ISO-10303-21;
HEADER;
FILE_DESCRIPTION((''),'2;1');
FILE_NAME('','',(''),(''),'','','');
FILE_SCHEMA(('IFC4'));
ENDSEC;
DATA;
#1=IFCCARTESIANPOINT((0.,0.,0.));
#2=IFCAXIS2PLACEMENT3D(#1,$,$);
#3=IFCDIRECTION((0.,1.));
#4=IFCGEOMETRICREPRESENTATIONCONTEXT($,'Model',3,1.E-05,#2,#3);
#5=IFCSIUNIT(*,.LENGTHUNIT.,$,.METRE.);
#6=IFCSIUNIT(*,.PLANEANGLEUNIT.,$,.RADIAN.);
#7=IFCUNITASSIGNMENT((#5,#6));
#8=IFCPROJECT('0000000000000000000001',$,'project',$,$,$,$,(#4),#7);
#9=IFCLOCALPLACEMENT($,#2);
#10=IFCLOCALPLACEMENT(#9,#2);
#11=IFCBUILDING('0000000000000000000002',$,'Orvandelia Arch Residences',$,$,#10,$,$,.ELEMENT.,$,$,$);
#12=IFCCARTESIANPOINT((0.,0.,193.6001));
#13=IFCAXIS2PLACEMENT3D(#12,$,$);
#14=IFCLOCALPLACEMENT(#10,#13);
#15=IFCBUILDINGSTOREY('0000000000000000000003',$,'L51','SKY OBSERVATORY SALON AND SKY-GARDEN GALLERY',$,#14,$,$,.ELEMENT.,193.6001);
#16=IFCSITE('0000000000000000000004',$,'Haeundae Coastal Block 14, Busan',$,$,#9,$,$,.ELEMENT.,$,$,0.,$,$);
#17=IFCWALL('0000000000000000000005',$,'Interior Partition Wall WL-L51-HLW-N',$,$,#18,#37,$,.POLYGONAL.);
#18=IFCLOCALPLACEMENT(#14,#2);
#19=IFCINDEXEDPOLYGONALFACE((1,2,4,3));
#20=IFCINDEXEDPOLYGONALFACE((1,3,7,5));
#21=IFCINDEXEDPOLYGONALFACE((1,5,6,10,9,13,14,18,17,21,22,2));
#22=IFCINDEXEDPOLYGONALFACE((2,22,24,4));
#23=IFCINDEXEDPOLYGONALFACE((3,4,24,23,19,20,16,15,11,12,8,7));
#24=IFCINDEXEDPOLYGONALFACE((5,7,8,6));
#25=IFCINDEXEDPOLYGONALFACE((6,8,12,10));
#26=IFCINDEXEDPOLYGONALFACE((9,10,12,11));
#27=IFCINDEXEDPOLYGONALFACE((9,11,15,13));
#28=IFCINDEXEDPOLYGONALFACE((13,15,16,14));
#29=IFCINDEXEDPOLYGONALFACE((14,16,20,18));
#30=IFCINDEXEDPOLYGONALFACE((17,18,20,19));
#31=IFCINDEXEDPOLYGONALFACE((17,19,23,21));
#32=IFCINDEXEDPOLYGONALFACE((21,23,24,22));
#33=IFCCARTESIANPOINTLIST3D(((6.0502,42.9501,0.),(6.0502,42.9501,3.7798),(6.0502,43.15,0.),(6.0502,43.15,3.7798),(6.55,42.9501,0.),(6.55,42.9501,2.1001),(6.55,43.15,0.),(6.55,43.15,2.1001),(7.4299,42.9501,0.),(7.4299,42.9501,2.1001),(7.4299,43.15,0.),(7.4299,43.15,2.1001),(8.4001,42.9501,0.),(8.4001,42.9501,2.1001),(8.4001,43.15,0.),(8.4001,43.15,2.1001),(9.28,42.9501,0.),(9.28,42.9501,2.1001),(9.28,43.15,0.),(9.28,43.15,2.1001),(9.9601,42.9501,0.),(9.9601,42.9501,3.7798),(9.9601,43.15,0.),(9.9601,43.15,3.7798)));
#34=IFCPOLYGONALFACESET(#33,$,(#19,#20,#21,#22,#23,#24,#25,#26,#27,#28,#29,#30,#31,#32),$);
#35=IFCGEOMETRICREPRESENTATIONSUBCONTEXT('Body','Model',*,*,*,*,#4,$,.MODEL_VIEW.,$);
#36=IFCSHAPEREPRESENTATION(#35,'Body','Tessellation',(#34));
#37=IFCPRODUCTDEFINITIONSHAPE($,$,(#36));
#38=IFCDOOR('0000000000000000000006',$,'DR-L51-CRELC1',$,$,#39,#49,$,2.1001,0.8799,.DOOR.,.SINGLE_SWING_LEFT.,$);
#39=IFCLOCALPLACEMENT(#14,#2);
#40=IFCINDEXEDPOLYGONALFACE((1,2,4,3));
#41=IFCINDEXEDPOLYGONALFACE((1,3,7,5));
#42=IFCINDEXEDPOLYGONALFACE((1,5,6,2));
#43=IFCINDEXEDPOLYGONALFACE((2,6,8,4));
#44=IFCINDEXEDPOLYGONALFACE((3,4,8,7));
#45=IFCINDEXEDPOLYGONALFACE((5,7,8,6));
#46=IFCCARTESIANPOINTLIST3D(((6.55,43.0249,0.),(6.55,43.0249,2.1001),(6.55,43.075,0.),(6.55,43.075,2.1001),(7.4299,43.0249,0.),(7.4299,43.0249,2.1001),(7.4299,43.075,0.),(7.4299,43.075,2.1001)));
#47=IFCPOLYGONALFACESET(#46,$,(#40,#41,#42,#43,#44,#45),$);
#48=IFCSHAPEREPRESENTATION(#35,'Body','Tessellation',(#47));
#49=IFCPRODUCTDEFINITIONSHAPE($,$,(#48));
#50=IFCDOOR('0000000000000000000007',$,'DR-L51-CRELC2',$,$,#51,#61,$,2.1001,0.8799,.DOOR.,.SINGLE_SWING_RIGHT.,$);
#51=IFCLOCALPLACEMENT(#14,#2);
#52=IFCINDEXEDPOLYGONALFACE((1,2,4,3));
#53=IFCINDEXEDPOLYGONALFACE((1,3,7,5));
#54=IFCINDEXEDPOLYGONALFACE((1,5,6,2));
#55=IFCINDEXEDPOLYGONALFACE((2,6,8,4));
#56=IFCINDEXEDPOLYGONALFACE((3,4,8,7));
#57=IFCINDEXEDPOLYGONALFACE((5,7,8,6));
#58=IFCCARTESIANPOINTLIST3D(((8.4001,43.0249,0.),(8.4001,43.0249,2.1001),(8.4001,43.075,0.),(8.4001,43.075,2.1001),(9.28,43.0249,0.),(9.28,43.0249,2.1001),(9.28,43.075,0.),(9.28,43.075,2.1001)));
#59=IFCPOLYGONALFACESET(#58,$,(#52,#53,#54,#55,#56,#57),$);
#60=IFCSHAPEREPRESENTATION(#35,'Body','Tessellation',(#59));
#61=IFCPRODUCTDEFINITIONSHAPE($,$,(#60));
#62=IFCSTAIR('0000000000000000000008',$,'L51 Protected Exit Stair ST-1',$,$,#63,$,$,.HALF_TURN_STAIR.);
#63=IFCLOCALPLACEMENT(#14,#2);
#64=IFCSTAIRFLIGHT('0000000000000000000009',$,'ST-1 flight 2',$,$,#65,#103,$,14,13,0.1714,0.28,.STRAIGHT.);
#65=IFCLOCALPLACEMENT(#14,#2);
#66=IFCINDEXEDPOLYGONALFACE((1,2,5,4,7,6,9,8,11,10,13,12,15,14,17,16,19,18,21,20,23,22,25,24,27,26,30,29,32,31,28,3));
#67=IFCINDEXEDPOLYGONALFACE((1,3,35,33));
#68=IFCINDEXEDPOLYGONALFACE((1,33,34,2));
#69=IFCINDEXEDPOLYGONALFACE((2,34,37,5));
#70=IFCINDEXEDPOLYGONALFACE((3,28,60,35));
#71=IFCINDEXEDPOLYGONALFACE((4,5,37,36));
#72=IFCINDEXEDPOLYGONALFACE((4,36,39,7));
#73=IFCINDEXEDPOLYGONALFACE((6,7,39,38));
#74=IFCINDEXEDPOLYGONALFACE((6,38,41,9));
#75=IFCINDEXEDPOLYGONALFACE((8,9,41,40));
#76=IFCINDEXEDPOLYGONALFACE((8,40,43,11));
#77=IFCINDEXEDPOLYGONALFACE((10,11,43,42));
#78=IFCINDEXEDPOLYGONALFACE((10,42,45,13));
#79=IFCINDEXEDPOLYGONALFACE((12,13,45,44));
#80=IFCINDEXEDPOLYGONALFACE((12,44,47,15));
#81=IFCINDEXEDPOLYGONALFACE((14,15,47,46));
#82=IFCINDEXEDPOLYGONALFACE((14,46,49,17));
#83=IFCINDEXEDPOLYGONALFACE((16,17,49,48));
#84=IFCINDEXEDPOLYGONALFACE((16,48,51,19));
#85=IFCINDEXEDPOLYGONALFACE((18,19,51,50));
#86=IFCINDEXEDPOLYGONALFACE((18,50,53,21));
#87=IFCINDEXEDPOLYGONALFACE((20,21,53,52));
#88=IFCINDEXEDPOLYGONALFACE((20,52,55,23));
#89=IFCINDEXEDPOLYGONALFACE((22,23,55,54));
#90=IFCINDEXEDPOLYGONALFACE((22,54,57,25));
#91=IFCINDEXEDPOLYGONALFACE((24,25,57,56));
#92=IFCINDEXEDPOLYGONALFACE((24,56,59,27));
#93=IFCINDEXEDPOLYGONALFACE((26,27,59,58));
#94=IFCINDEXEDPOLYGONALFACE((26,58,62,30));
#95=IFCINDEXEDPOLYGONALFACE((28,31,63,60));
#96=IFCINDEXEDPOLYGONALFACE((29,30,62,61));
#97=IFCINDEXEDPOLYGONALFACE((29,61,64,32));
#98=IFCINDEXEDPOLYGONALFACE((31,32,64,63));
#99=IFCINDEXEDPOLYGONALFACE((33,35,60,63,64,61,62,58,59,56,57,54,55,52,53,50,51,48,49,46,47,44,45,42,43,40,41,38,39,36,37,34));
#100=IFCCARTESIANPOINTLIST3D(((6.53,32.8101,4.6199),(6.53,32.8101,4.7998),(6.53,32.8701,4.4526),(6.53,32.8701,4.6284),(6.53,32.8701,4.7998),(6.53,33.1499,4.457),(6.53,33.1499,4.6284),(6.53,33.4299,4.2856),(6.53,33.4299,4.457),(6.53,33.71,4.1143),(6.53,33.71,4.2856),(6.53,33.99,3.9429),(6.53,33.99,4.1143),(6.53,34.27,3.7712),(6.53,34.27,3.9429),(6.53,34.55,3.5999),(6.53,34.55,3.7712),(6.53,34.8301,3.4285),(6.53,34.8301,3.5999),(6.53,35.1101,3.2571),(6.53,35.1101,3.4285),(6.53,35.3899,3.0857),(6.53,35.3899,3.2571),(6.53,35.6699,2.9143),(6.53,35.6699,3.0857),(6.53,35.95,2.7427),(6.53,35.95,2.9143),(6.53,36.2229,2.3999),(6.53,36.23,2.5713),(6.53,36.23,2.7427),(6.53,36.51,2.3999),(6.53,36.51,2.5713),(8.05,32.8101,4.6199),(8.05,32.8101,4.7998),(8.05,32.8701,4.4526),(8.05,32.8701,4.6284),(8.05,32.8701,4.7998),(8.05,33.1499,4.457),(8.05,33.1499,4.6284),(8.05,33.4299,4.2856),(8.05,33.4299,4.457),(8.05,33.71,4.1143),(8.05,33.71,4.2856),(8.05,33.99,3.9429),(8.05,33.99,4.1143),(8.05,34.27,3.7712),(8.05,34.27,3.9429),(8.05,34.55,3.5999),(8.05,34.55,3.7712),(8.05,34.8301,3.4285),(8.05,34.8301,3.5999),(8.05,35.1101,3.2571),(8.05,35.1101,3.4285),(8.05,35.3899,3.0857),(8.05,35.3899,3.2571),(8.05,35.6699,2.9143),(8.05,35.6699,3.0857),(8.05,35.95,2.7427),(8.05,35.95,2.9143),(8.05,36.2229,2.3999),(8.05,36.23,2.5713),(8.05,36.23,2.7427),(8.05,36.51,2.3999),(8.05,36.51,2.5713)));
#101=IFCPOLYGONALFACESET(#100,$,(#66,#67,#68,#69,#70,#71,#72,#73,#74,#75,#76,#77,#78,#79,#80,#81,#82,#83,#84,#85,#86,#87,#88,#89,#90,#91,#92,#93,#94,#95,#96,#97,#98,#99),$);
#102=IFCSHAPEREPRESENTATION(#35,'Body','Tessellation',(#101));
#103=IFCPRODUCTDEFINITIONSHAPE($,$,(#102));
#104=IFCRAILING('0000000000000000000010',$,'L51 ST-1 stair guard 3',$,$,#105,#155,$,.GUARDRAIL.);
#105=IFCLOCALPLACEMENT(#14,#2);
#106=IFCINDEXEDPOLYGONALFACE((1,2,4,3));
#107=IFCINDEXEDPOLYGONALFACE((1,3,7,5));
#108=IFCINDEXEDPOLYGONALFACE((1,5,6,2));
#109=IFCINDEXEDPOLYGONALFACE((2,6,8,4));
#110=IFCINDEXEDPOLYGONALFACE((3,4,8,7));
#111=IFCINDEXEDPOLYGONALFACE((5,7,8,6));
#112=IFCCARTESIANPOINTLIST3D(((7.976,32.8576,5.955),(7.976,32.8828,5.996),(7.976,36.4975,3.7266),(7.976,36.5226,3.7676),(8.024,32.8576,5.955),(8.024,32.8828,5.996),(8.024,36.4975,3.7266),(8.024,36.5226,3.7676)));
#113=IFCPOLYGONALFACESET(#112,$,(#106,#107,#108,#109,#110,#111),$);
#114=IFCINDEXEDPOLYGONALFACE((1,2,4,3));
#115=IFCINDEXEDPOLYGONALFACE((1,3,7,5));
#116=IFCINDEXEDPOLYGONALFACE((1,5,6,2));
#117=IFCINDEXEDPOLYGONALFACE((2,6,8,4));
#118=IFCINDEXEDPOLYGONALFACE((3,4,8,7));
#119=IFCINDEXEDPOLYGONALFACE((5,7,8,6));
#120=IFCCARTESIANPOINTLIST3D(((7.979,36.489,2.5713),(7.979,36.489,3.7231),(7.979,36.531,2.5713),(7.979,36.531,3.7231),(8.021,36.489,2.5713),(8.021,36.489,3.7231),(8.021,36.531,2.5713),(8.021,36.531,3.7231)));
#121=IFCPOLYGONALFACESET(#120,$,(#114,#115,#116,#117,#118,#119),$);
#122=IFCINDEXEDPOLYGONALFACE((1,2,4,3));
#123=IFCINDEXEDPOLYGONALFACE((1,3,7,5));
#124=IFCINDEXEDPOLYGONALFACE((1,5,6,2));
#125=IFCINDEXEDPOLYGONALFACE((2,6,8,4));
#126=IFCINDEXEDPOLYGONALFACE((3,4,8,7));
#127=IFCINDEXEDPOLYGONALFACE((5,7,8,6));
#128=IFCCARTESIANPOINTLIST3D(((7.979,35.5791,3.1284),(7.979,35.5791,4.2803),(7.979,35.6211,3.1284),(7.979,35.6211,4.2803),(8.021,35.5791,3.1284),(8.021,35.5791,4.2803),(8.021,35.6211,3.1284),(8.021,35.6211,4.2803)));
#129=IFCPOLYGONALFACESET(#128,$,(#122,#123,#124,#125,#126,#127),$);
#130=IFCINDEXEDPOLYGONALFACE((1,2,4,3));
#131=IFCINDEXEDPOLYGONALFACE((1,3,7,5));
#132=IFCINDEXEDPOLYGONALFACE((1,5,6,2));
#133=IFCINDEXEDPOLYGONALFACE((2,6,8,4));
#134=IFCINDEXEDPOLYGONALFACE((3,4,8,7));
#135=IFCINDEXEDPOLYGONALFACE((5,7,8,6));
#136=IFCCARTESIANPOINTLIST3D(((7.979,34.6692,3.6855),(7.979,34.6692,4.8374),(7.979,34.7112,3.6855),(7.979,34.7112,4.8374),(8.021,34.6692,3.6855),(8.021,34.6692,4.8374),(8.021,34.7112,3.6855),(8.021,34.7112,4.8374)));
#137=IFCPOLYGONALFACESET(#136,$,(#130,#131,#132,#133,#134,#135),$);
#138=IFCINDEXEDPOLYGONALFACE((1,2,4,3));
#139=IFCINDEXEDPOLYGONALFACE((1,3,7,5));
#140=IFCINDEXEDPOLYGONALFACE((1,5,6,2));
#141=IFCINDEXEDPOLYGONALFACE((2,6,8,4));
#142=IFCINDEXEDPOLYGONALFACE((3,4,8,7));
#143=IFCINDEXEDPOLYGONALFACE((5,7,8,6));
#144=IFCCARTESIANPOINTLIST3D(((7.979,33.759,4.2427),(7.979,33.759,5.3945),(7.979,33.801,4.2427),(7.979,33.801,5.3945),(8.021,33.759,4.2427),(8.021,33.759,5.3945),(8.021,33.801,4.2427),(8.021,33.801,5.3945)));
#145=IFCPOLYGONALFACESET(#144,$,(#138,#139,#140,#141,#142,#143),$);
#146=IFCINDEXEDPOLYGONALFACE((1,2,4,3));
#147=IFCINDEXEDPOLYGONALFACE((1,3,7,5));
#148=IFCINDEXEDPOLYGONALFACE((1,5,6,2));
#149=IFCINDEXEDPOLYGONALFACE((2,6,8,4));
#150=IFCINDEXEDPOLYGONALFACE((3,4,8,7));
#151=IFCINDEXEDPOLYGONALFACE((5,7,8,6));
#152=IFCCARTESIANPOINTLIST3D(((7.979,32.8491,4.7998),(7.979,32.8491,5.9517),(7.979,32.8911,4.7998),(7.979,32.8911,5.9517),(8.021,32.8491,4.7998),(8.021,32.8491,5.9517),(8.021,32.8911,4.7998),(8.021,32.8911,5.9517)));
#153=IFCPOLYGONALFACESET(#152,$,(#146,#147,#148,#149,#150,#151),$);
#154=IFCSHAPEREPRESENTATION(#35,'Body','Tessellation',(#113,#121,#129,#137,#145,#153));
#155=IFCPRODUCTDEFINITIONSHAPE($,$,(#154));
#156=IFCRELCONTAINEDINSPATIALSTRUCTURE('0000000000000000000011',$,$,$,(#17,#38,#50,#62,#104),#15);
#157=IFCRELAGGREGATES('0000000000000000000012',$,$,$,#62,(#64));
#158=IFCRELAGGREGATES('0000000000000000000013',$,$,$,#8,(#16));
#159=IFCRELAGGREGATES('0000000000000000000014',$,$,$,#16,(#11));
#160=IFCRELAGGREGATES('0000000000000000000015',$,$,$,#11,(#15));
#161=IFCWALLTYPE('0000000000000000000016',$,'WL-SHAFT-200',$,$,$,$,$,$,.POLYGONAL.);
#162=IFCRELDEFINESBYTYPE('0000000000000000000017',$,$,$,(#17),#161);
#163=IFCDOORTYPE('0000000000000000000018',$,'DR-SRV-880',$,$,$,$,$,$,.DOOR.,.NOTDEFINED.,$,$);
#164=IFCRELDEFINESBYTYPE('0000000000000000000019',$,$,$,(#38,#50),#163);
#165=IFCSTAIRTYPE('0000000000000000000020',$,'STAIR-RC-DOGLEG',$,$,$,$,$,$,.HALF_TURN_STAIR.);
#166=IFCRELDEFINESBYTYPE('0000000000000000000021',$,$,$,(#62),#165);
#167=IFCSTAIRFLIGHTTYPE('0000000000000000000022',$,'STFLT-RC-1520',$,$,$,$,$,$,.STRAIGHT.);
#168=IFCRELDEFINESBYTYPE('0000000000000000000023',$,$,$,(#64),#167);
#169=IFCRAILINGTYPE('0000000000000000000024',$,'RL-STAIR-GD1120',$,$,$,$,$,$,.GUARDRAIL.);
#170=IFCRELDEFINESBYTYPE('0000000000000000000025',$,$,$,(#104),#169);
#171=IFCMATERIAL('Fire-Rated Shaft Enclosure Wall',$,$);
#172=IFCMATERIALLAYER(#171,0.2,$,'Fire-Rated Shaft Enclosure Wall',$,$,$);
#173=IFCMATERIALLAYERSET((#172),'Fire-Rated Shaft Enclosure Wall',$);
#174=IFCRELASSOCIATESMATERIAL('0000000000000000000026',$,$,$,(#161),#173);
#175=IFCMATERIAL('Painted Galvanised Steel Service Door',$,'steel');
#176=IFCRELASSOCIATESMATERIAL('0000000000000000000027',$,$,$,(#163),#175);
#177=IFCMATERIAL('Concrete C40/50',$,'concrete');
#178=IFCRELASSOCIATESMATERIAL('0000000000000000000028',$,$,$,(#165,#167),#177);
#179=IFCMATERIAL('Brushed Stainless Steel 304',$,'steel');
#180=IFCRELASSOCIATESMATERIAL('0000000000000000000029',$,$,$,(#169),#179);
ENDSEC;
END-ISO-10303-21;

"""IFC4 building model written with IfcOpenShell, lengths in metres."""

from ifc_helpers import new_model, si_unit, direction, frame, frame_2d, origin, origin_2d, place, context, subcontext, project, spatial, polyline, rectangle, outline, extrude, material, layer, layer_set, type_object, element, fill, aggregate, save


model = new_model("IFC4")

# Units and contexts
model_context = context("Model", 3, precision=1e-05, world=origin(), true_north=direction((0.0, 1.0)))
body_context = subcontext(model_context, "Body", "Model", "MODEL_VIEW")
ifc_project = project(units=[si_unit("LENGTHUNIT", "METRE"), si_unit("PLANEANGLEUNIT", "RADIAN")], contexts=[model_context])

# Site, building, storey
site_placement = place(None, origin())
site = spatial("IfcSite", under=ifc_project, at=site_placement, Name="Haeundae Coastal Block 14, Busan", CompositionType="ELEMENT", RefElevation=0.0)
building_placement = place(site_placement, origin())
building = spatial("IfcBuilding", under=site, at=building_placement, Name="Orvandelia Arch Residences", CompositionType="ELEMENT")
storey_placement = place(building_placement, frame((0.0, 0.0, 193.6001)))
storey = spatial("IfcBuildingStorey", under=building, at=storey_placement, Name="L51", Description="SKY OBSERVATORY SALON AND SKY-GARDEN GALLERY", CompositionType="ELEMENT", Elevation=193.6001)

# Wall, openings, doors
ifc_material_1 = material(Name="Fire-Rated Shaft Enclosure Wall")
ifc_layer_1 = layer(ifc_material_1, 0.2, Name="Fire-Rated Shaft Enclosure Wall")
ifc_layer_set_1 = layer_set([ifc_layer_1], Name="Fire-Rated Shaft Enclosure Wall")
wall_type_1 = type_object("IfcWallType", Name="WL-SHAFT-200", PredefinedType="POLYGONAL", material=ifc_layer_set_1)
wall_1_placement = place(storey_placement, frame((6.05, 43.05, 0.0), z_axis=(0.0, 0.0, 1.0), x_axis=(1.0, 0.0, 0.0)))
wall_1 = element("IfcWall", 1, at=wall_1_placement, inside=storey, type_object=wall_type_1, Name="Interior Partition Wall WL-L51-HLW-N", PredefinedType="POLYGONAL", context=body_context, shape_type="SweptSolid", body=[
    extrude(rectangle(XDim=3.9099, YDim=0.2, at=frame_2d((1.9551, 0.0))), origin(), (0.0, 0.0, 1.0), 3.7798),
])
opening_1_placement = place(wall_1_placement, frame((0.5, 0.0, 0.0)))
opening_1 = element("IfcOpeningElement", 2, at=opening_1_placement, cuts=wall_1, PredefinedType="OPENING", context=body_context, shape_type="SweptSolid", body=[
    extrude(rectangle(XDim=0.8799, YDim=2.1001, at=frame_2d((0.4399, 1.05))), frame((0.0, 0.1099, 0.0), z_axis=(0.0, -1.0, 0.0), x_axis=(1.0, 0.0, 0.0)), (0.0, 0.0, 1.0), 0.22),
])
opening_2_placement = place(wall_1_placement, frame((2.3501, 0.0, 0.0)))
opening_2 = element("IfcOpeningElement", 3, at=opening_2_placement, cuts=wall_1, PredefinedType="OPENING", context=body_context, shape_type="SweptSolid", body=[
    extrude(rectangle(XDim=0.8799, YDim=2.1001, at=frame_2d((0.4399, 1.05))), frame((0.0, 0.1099, 0.0), z_axis=(0.0, -1.0, 0.0), x_axis=(1.0, 0.0, 0.0)), (0.0, 0.0, 1.0), 0.22),
])
ifc_material_2 = material(Name="Painted Galvanised Steel Service Door", Category="steel")
door_type = type_object("IfcDoorType", Name="DR-SRV-880", OperationType="NOTDEFINED", PredefinedType="DOOR", material=ifc_material_2)
door_1_placement = place(opening_1_placement, origin())
door_1 = element("IfcDoor", 4, at=door_1_placement, inside=storey, type_object=door_type, Name="DR-L51-CRELC1", OperationType="SINGLE_SWING_LEFT", OverallHeight=2.1001, OverallWidth=0.8799, PredefinedType="DOOR", context=body_context, shape_type="SweptSolid", body=[
    extrude(rectangle(XDim=0.8799, YDim=2.1001, at=frame_2d((0.4399, 1.05))), frame((0.0, 0.0249, 0.0), z_axis=(0.0, -1.0, 0.0), x_axis=(1.0, 0.0, 0.0)), (0.0, 0.0, 1.0), 0.05),
])
fill(opening_1, door_1)
door_2_placement = place(opening_2_placement, origin())
door_2 = element("IfcDoor", 5, at=door_2_placement, inside=storey, type_object=door_type, Name="DR-L51-CRELC2", OperationType="SINGLE_SWING_RIGHT", OverallHeight=2.1001, OverallWidth=0.8799, PredefinedType="DOOR", context=body_context, shape_type="SweptSolid", body=[
    extrude(rectangle(XDim=0.8799, YDim=2.1001, at=frame_2d((0.4399, 1.05))), frame((0.0, 0.0249, 0.0), z_axis=(0.0, -1.0, 0.0), x_axis=(1.0, 0.0, 0.0)), (0.0, 0.0, 1.0), 0.05),
])
fill(opening_2, door_2)

# Stair, stair flight
ifc_material_3 = material(Name="Concrete C40/50", Category="concrete")
stair_type = type_object("IfcStairType", Name="STAIR-RC-DOGLEG", PredefinedType="HALF_TURN_STAIR", material=ifc_material_3)
stair_placement = place(storey_placement, origin())
stair = element("IfcStair", 6, at=stair_placement, inside=storey, type_object=stair_type, Name="L51 Protected Exit Stair ST-1", PredefinedType="HALF_TURN_STAIR")
stair_flight_type = type_object("IfcStairFlightType", Name="STFLT-RC-1520", PredefinedType="STRAIGHT", material=ifc_material_3)
stair_flight_placement = place(storey_placement, frame((7.29, 36.51, 2.3999), z_axis=(0.0, 0.0, 1.0), x_axis=(0.0, -1.0, 0.0)))
stair_flight = element("IfcStairFlight", 7, at=stair_flight_placement, type_object=stair_flight_type, Name="ST-1 flight 2", NumberOfRisers=14, NumberOfTreads=13, PredefinedType="STRAIGHT", RiserHeight=0.1714, TreadLength=0.28, context=body_context, shape_type="SweptSolid", body=[
    extrude(outline(polyline([(0.0, 0.0), (0.0, 0.1714), (0.28, 0.1714), (0.28, 0.3428), (0.5601, 0.3428), (0.5601, 0.5144), (0.8401, 0.5144), (0.8401, 0.6858), (1.1201, 0.6858), (1.1201, 0.8572), (1.3999, 0.8572), (1.3999, 1.0286), (1.6799, 1.0286), (1.6799, 1.2), (1.96, 1.2), (1.96, 1.3713), (2.24, 1.3713), (2.24, 1.543), (2.52, 1.543), (2.52, 1.7144), (2.8, 1.7144), (2.8, 1.8857), (3.0801, 1.8857), (3.0801, 2.0571), (3.3601, 2.0571), (3.3601, 2.2285), (3.6399, 2.2285), (3.6399, 2.3999), (3.7, 2.3999), (3.7, 2.22), (3.6399, 2.0527), (0.2871, 0.0), (0.0, 0.0)])), frame((0.0, 0.76, 0.0), z_axis=(0.0, -1.0, 0.0), x_axis=(1.0, 0.0, 0.0)), (0.0, 0.0, 1.0), 1.52),
])
aggregate(stair, [stair_flight])

# Railing
ifc_material_4 = material(Name="Brushed Stainless Steel 304", Category="steel")
railing_type_1 = type_object("IfcRailingType", Name="RL-STAIR-GD1120", PredefinedType="GUARDRAIL", material=ifc_material_4)
railing_1_placement = place(storey_placement, frame((8.0, 36.51, 2.5713)))
element("IfcRailing", 8, at=railing_1_placement, inside=storey, type_object=railing_type_1, Name="L51 ST-1 stair guard 3", PredefinedType="GUARDRAIL", context=body_context, shape_type="SweptSolid", body=[
    extrude(rectangle(XDim=0.0481, YDim=0.0481, at=origin_2d()), frame((0.0, 0.0, 1.1758), z_axis=(0.0, -0.85285, 0.522156), x_axis=(1.0, 0.0, 0.0)), (0.0, 0.0, 1.0), 4.2678),
    extrude(rectangle(XDim=0.042, YDim=0.042, at=origin_2d()), origin(), (0.0, 0.0, 1.0), 1.1519),
    extrude(rectangle(XDim=0.042, YDim=0.042, at=origin_2d()), frame((0.0, -0.9099, 0.5571)), (0.0, 0.0, 1.0), 1.1519),
    extrude(rectangle(XDim=0.042, YDim=0.042, at=origin_2d()), frame((0.0, -1.8198, 1.1143)), (0.0, 0.0, 1.0), 1.1519),
    extrude(rectangle(XDim=0.042, YDim=0.042, at=origin_2d()), frame((0.0, -2.73, 1.6714)), (0.0, 0.0, 1.0), 1.1519),
    extrude(rectangle(XDim=0.042, YDim=0.042, at=origin_2d()), frame((0.0, -3.6399, 2.2285)), (0.0, 0.0, 1.0), 1.1519),
])

save(model, "model.ifc")
